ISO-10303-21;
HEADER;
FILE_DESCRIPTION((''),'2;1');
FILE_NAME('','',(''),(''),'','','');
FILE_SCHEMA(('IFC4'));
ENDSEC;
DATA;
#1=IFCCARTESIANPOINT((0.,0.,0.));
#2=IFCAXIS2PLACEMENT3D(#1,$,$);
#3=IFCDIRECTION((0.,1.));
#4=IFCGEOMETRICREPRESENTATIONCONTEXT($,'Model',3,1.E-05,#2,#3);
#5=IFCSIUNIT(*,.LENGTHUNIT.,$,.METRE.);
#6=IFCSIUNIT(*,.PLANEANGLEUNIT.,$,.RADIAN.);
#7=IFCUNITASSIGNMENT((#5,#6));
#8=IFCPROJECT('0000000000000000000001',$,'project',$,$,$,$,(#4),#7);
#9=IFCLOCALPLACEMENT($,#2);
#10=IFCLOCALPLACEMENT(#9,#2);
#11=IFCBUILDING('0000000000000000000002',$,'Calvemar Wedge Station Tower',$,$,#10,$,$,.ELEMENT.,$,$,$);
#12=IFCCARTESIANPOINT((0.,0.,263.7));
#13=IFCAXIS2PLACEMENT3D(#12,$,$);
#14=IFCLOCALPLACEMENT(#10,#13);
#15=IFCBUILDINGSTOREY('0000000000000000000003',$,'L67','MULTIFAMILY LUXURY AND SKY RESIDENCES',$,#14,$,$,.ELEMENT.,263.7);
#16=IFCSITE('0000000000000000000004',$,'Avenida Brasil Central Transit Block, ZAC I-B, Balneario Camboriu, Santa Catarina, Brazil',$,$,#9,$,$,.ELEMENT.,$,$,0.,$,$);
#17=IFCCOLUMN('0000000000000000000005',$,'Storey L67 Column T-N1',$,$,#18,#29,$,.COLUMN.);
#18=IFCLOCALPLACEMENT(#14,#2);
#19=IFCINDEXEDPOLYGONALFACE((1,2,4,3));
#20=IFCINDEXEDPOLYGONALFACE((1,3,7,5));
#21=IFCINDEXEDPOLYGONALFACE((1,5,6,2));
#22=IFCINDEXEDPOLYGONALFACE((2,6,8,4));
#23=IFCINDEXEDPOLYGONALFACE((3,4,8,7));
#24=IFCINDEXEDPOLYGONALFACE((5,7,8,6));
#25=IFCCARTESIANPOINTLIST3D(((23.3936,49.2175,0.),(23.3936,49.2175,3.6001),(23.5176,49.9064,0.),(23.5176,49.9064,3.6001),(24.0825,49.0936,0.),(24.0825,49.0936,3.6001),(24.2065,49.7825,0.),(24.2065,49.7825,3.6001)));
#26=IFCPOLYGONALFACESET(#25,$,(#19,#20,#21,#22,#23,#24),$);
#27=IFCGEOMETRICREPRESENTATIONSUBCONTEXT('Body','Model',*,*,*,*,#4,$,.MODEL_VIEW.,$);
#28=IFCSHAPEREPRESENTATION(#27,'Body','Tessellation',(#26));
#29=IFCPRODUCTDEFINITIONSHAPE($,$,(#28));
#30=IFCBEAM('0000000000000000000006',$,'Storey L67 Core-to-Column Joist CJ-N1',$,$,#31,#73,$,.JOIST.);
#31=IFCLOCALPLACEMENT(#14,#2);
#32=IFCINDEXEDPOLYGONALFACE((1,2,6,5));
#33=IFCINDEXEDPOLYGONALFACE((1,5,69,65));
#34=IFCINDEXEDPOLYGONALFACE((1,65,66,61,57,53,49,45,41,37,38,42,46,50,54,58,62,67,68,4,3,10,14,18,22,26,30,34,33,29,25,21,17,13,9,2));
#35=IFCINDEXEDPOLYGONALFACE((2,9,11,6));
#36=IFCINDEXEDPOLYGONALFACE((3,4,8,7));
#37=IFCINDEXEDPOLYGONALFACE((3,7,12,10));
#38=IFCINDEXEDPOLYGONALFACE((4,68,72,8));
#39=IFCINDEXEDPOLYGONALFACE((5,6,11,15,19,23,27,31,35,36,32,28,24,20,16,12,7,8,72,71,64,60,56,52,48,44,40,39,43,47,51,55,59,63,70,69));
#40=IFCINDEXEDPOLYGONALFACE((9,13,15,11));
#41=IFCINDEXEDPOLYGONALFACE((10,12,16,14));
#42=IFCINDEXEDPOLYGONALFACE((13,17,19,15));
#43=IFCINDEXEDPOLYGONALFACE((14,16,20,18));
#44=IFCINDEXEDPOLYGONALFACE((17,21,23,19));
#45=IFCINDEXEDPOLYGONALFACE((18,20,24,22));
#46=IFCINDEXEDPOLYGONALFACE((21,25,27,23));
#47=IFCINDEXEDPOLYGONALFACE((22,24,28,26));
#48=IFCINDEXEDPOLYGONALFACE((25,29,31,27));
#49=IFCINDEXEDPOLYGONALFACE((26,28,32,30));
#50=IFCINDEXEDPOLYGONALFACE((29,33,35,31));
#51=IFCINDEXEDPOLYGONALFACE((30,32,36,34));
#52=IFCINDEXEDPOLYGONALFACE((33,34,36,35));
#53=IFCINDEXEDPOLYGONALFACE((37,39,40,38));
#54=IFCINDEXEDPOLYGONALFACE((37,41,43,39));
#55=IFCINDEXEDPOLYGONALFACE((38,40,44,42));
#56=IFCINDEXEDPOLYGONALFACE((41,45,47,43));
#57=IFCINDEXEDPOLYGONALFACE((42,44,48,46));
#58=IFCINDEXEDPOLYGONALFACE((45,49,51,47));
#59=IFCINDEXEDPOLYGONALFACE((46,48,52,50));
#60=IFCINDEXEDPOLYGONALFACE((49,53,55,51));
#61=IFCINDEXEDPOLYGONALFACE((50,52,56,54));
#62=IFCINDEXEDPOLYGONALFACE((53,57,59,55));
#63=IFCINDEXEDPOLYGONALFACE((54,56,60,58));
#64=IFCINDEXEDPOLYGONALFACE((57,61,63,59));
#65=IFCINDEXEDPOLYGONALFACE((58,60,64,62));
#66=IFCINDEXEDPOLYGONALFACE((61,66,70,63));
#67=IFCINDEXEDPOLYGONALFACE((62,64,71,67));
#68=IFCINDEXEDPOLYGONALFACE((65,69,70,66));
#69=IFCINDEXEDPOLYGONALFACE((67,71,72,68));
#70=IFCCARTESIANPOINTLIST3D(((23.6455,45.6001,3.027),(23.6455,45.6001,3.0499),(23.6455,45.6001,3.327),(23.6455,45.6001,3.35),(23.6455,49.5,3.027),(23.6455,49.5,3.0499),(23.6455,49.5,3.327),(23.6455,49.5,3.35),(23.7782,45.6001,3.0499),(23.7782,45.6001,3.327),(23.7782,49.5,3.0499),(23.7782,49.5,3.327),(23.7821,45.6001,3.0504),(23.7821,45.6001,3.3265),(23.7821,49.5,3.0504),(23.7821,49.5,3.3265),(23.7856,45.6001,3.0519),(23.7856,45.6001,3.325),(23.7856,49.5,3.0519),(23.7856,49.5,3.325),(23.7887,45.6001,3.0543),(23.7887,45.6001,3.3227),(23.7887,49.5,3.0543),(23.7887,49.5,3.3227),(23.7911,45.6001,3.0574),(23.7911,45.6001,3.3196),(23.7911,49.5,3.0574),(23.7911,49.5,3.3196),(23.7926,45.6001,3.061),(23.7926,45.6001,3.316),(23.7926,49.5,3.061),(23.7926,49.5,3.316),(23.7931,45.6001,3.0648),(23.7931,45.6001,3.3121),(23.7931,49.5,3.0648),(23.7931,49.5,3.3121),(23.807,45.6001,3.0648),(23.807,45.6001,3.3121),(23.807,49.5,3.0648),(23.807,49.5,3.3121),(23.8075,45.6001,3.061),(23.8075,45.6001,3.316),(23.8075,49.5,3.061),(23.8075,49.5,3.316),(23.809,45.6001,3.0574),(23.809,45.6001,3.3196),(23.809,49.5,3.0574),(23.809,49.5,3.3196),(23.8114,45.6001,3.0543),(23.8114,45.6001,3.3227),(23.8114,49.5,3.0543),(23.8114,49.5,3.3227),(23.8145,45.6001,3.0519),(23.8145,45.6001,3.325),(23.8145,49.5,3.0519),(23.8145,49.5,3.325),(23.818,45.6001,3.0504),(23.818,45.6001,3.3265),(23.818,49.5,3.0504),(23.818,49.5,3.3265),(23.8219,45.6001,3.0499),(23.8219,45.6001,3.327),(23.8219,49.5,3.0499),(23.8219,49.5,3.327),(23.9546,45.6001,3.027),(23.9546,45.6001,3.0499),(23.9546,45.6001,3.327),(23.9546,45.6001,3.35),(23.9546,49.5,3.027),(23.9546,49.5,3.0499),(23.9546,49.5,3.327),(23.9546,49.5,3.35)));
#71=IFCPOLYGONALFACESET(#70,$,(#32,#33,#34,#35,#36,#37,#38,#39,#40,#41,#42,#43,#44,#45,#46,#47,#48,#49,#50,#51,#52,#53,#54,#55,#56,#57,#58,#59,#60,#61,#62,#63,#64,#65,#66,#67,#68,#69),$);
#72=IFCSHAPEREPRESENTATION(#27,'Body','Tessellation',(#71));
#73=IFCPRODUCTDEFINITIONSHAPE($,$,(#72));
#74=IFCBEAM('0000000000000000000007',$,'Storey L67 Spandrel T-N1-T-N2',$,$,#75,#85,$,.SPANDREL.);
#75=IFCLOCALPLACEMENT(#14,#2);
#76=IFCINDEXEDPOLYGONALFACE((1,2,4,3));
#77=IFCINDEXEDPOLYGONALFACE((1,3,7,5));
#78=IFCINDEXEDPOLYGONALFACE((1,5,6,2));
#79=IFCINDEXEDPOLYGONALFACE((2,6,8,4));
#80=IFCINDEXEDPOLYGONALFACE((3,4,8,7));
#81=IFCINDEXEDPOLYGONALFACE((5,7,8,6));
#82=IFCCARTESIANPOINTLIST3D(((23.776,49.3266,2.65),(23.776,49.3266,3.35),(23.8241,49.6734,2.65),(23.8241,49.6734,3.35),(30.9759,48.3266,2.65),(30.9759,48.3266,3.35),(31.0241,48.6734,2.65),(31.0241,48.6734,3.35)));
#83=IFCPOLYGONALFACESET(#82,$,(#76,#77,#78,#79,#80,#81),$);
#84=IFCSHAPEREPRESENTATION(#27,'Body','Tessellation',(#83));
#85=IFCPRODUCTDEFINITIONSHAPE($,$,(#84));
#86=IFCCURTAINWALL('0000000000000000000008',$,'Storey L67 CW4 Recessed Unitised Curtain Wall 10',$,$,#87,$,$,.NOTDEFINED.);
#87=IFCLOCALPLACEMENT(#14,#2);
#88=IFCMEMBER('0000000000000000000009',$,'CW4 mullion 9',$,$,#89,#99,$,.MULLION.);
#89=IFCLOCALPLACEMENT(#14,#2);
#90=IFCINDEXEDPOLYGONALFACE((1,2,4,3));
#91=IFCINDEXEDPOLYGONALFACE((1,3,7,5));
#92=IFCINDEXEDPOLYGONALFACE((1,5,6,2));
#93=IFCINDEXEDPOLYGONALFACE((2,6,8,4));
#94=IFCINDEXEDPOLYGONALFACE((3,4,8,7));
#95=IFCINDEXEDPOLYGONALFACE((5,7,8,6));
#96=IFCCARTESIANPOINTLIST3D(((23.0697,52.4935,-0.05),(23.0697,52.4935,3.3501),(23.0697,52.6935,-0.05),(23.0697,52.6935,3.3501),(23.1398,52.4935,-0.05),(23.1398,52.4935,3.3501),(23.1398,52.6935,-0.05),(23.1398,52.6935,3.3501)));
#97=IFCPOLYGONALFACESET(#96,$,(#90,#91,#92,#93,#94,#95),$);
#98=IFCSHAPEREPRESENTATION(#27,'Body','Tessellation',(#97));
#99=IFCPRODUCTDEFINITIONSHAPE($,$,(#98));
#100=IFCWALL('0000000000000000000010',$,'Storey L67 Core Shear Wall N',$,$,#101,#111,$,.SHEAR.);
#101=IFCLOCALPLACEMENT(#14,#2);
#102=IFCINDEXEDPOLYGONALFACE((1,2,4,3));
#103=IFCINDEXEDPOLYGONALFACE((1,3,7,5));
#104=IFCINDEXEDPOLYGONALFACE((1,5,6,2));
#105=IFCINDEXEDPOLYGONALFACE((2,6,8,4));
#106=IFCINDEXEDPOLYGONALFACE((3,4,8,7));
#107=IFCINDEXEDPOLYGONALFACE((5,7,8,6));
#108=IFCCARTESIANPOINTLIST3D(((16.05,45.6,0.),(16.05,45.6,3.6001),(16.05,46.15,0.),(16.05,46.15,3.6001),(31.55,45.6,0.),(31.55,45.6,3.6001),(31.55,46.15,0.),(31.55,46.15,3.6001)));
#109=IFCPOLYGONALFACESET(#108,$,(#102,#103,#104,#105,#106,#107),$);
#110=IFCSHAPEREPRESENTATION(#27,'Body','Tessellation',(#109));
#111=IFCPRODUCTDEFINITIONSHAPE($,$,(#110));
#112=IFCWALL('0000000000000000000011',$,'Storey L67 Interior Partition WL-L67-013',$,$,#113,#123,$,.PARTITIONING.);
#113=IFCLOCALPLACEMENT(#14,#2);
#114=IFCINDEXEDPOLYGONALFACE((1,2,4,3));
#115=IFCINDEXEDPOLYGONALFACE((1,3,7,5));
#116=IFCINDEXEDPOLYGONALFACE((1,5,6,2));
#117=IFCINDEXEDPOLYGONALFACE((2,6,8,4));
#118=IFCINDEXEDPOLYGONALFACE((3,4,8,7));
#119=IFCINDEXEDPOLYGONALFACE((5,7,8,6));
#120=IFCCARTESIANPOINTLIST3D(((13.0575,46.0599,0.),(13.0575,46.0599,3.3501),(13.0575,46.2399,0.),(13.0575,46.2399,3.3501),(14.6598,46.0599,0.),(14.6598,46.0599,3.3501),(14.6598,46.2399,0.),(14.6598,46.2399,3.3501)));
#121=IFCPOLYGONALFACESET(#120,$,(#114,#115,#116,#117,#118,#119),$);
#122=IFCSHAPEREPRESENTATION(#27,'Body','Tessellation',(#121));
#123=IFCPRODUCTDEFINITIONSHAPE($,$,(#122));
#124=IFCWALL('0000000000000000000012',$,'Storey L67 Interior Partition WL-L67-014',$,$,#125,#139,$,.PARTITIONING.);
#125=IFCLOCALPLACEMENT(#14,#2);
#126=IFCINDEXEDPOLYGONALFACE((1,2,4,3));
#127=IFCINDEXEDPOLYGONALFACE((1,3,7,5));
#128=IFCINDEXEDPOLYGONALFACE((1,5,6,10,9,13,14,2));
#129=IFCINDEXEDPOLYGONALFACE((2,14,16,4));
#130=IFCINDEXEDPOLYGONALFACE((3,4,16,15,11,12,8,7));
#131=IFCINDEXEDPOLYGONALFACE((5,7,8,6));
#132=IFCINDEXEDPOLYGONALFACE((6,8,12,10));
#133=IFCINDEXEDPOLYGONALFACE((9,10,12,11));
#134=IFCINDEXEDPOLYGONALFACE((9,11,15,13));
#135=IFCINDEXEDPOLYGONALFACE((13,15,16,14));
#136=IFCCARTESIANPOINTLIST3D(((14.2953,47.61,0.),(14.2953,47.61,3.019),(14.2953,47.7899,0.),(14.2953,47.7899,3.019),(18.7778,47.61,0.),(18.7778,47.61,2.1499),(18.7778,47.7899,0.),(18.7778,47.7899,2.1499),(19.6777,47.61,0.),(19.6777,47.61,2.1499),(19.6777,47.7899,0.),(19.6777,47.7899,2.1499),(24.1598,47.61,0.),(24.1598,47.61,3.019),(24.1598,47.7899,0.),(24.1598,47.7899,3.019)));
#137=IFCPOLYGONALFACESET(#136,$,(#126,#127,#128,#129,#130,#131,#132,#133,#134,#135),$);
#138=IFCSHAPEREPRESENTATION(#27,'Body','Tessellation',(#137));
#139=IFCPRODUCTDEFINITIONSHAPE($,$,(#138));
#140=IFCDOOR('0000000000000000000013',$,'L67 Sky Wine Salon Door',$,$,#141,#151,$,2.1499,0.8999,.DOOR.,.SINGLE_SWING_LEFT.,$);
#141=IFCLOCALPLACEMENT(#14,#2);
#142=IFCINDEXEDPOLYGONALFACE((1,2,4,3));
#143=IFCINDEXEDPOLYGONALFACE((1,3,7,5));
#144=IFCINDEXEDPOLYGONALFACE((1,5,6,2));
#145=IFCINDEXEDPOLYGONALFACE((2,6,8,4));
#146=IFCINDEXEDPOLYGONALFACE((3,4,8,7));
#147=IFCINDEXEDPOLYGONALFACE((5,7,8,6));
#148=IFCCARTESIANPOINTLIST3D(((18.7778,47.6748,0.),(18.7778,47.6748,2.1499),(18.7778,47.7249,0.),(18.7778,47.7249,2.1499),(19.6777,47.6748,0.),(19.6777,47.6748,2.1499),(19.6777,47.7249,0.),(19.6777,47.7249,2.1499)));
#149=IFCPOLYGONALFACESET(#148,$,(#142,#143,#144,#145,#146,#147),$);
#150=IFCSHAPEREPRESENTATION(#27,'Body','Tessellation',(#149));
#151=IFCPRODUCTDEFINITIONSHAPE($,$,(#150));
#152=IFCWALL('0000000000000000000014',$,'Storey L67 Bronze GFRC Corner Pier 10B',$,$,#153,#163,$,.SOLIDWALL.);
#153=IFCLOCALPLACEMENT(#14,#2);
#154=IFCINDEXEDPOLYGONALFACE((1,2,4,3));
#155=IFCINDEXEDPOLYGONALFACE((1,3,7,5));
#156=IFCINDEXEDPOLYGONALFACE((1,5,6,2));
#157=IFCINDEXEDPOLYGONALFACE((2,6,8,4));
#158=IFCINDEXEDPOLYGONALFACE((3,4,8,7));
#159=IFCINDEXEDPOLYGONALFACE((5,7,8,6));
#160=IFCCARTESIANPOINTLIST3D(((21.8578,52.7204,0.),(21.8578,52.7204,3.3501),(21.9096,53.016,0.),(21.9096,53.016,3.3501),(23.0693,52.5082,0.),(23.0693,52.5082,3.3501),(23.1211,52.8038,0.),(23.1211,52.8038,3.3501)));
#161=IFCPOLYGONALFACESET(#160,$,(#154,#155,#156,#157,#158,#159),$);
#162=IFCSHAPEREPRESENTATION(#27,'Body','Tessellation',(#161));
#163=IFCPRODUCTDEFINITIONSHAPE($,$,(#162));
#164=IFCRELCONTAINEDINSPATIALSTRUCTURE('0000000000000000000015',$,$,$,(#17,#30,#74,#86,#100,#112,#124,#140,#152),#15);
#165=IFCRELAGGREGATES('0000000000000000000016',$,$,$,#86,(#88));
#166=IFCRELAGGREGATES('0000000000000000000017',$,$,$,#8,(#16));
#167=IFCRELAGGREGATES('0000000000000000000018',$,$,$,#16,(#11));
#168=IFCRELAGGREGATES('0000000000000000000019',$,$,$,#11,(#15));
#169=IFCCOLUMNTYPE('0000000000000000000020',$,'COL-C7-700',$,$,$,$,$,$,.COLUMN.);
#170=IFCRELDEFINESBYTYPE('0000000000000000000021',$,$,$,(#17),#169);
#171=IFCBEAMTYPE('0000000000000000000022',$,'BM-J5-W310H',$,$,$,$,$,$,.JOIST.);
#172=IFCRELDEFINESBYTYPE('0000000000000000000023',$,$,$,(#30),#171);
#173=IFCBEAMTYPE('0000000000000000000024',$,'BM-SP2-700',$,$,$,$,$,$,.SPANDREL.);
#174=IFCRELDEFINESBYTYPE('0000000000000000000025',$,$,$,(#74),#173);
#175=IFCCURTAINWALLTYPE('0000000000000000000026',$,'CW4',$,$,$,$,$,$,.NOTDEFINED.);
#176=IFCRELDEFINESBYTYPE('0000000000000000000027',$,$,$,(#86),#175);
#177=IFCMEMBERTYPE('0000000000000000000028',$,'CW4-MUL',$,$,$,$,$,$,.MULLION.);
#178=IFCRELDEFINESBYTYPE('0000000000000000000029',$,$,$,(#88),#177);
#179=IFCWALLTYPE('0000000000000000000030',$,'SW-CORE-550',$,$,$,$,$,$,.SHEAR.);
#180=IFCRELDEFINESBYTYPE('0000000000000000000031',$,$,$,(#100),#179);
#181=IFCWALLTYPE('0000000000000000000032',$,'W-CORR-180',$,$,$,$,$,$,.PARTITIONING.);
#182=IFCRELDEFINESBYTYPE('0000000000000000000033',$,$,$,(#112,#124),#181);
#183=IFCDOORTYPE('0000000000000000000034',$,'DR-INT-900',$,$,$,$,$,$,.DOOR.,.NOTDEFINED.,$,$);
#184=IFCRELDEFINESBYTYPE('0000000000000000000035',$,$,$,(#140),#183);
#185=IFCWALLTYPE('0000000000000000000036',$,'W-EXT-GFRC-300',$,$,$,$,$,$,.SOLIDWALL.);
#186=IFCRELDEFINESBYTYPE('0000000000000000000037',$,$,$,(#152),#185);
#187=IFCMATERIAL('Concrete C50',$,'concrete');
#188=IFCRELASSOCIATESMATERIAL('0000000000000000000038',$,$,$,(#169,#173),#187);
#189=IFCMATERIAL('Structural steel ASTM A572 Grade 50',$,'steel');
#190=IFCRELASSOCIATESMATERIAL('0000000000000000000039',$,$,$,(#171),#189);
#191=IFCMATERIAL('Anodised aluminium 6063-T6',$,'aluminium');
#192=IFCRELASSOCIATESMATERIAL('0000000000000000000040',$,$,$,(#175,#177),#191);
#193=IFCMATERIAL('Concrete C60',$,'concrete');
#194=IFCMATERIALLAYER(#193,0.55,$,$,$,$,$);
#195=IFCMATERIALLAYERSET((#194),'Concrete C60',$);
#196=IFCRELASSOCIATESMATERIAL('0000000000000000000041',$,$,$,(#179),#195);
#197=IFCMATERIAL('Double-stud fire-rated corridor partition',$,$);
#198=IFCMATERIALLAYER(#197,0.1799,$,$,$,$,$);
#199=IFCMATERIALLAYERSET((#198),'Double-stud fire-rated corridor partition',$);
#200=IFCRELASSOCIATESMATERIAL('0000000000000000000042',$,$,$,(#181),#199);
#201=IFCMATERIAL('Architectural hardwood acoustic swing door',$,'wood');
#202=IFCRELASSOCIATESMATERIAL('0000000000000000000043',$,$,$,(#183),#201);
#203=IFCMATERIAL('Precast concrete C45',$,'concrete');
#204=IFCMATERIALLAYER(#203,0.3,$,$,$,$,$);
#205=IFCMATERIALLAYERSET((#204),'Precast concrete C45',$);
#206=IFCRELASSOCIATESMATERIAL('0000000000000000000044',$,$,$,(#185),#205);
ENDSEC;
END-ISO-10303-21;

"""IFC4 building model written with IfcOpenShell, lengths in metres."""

from ifc_helpers import new_model, si_unit, direction, frame, frame_2d, origin, origin_2d, place, context, subcontext, project, spatial, rectangle, i_section, extrude, source, transform, mapped, material, layer, layer_set, material_profile, profile_set, type_object, element, fill, aggregate, save


model = new_model("IFC4")

# Units and contexts
model_context = context("Model", 3, precision=1e-05, world=origin(), true_north=direction((0.0, 1.0)))
body_context = subcontext(model_context, "Body", "Model", "MODEL_VIEW")
ifc_project = project(units=[si_unit("LENGTHUNIT", "METRE"), si_unit("PLANEANGLEUNIT", "RADIAN")], contexts=[model_context])

# Site, building, storey
site_placement = place(None, origin())
site = spatial("IfcSite", under=ifc_project, at=site_placement, Name="Avenida Brasil Central Transit Block, ZAC I-B, Balneario Camboriu, Santa Catarina, Brazil", CompositionType="ELEMENT", RefElevation=0.0)
building_placement = place(site_placement, origin())
building = spatial("IfcBuilding", under=site, at=building_placement, Name="Calvemar Wedge Station Tower", CompositionType="ELEMENT")
storey_placement = place(building_placement, frame((0.0, 0.0, 263.7)))
storey = spatial("IfcBuildingStorey", under=building, at=storey_placement, Name="L67", Description="MULTIFAMILY LUXURY AND SKY RESIDENCES", CompositionType="ELEMENT", Elevation=263.7)

# Column
ifc_material_1 = material(Name="Concrete C50", Category="concrete")
ifc_material_profile_1 = material_profile(ifc_material_1, rectangle(XDim=0.7, YDim=0.7, at=origin_2d()), Name="RC700x700")
ifc_profile_set_1 = profile_set([ifc_material_profile_1], Name="Concrete C50")
column_type = type_object("IfcColumnType", Name="COL-C7-700", PredefinedType="COLUMN", material=ifc_profile_set_1)
shared_shape_1 = source(origin(), body_context, "Body", "SweptSolid", [
    extrude(rectangle(XDim=0.7, YDim=0.7, at=origin_2d()), origin(), (0.0, 0.0, 1.0), 3.6001),
])
column_placement = place(storey_placement, frame((23.8, 49.5, 0.0), z_axis=(0.0, 0.0, 1.0), x_axis=(0.984196, -0.177085, 0.0)))
element("IfcColumn", 1, at=column_placement, inside=storey, type_object=column_type, Name="Storey L67 Column T-N1", PredefinedType="COLUMN", context=body_context, shape_type="MappedRepresentation", body=[
    mapped(shared_shape_1, transform((0.0, 0.0, 0.0), scale=1.0)),
])

# Beams
ifc_material_2 = material(Name="Structural steel ASTM A572 Grade 50", Category="steel")
ifc_material_profile_2 = material_profile(ifc_material_2, i_section(OverallWidth=0.3091, OverallDepth=0.323, WebThickness=0.0139, FlangeThickness=0.0229, FilletRadius=0.0149, at=origin_2d()), Name="W310x143")
ifc_profile_set_2 = profile_set([ifc_material_profile_2], Name="Structural steel ASTM A572 Grade 50")
beam_type_1 = type_object("IfcBeamType", Name="BM-J5-W310H", PredefinedType="JOIST", material=ifc_profile_set_2)
shared_shape_2 = source(origin(), body_context, "Body", "SweptSolid", [
    extrude(i_section(OverallWidth=0.3091, OverallDepth=0.323, WebThickness=0.0139, FlangeThickness=0.0229, FilletRadius=0.0149, at=origin_2d()), origin(), (0.0, 0.0, 1.0), 3.8999),
])
beam_1_placement = place(storey_placement, frame((23.8, 45.6001, 3.1885), z_axis=(0.0, 1.0, 0.0), x_axis=(-1.0, 0.0, 0.0)))
element("IfcBeam", 2, at=beam_1_placement, inside=storey, type_object=beam_type_1, Name="Storey L67 Core-to-Column Joist CJ-N1", PredefinedType="JOIST", context=body_context, shape_type="MappedRepresentation", body=[
    mapped(shared_shape_2, transform((0.0, 0.0, 0.0), scale=1.0)),
])
ifc_material_profile_3 = material_profile(ifc_material_1, rectangle(XDim=0.3501, YDim=0.7, at=origin_2d()), Name="RC350x700")
ifc_profile_set_3 = profile_set([ifc_material_profile_3], Name="Concrete C50")
beam_type_2 = type_object("IfcBeamType", Name="BM-SP2-700", PredefinedType="SPANDREL", material=ifc_profile_set_3)
shared_shape_3 = source(origin(), body_context, "Body", "SweptSolid", [
    extrude(rectangle(XDim=0.3501, YDim=0.7, at=origin_2d()), origin(), (0.0, 0.0, 1.0), 7.269),
])
beam_2_placement = place(storey_placement, frame((23.8, 49.5, 3.0), z_axis=(0.990492, -0.137569, 0.0), x_axis=(0.137569, 0.990492, 0.0)))
element("IfcBeam", 3, at=beam_2_placement, inside=storey, type_object=beam_type_2, Name="Storey L67 Spandrel T-N1-T-N2", PredefinedType="SPANDREL", context=body_context, shape_type="MappedRepresentation", body=[
    mapped(shared_shape_3, transform((0.0, 0.0, 0.0), scale=1.0)),
])

# Curtain wall, member
ifc_material_3 = material(Name="Anodised aluminium 6063-T6", Category="aluminium")
curtain_wall_type = type_object("IfcCurtainWallType", Name="CW4", PredefinedType="NOTDEFINED", material=ifc_material_3)
curtain_wall_placement = place(storey_placement, origin())
curtain_wall = element("IfcCurtainWall", 4, at=curtain_wall_placement, inside=storey, type_object=curtain_wall_type, Name="Storey L67 CW4 Recessed Unitised Curtain Wall 10", PredefinedType="NOTDEFINED")
ifc_material_profile_4 = material_profile(ifc_material_3, rectangle(XDim=0.0701, YDim=0.2, at=origin_2d()), Name="AL-MUL-70x200")
ifc_profile_set_4 = profile_set([ifc_material_profile_4], Name="Anodised aluminium 6063-T6")
member_type = type_object("IfcMemberType", Name="CW4-MUL", PredefinedType="MULLION", material=ifc_profile_set_4)
shared_shape_4 = source(origin(), body_context, "Body", "SweptSolid", [
    extrude(rectangle(XDim=0.0701, YDim=0.2, at=origin_2d()), origin(), (0.0, 0.0, 1.0), 3.4001),
])
member_placement = place(storey_placement, frame((23.1047, 52.5935, -0.05), z_axis=(0.0, 0.0, 1.0), x_axis=(1.0, 0.0, 0.0)))
member = element("IfcMember", 5, at=member_placement, type_object=member_type, Name="CW4 mullion 9", PredefinedType="MULLION", context=body_context, shape_type="MappedRepresentation", body=[
    mapped(shared_shape_4, transform((0.0, 0.0, 0.0), scale=1.0)),
])
aggregate(curtain_wall, [member])

# Walls
ifc_material_4 = material(Name="Concrete C60", Category="concrete")
ifc_layer_1 = layer(ifc_material_4, 0.55)
ifc_layer_set_1 = layer_set([ifc_layer_1], Name="Concrete C60")
wall_type_1 = type_object("IfcWallType", Name="SW-CORE-550", PredefinedType="SHEAR", material=ifc_layer_set_1)
wall_1_placement = place(storey_placement, frame((16.05, 45.875, 0.0), z_axis=(0.0, 0.0, 1.0), x_axis=(1.0, 0.0, 0.0)))
element("IfcWall", 6, at=wall_1_placement, inside=storey, type_object=wall_type_1, Name="Storey L67 Core Shear Wall N", PredefinedType="SHEAR", context=body_context, shape_type="SweptSolid", body=[
    extrude(rectangle(XDim=15.5, YDim=0.55, at=frame_2d((7.75, 0.0))), origin(), (0.0, 0.0, 1.0), 3.6001),
])
ifc_material_5 = material(Name="Double-stud fire-rated corridor partition")
ifc_layer_2 = layer(ifc_material_5, 0.1799)
ifc_layer_set_2 = layer_set([ifc_layer_2], Name="Double-stud fire-rated corridor partition")
wall_type_2 = type_object("IfcWallType", Name="W-CORR-180", PredefinedType="PARTITIONING", material=ifc_layer_set_2)
wall_2_placement = place(storey_placement, frame((14.6599, 46.1499, 0.0), z_axis=(0.0, 0.0, 1.0), x_axis=(-1.0, 0.0, 0.0)))
element("IfcWall", 7, at=wall_2_placement, inside=storey, type_object=wall_type_2, Name="Storey L67 Interior Partition WL-L67-013", PredefinedType="PARTITIONING", context=body_context, shape_type="SweptSolid", body=[
    extrude(rectangle(XDim=1.6023, YDim=0.1799, at=frame_2d((0.8013, 0.0))), origin(), (0.0, 0.0, 1.0), 3.3501),
])

# Wall, opening, door
wall_3_placement = place(storey_placement, frame((14.2954, 47.7, 0.0), z_axis=(0.0, 0.0, 1.0), x_axis=(1.0, 0.0, 0.0)))
wall_3 = element("IfcWall", 8, at=wall_3_placement, inside=storey, type_object=wall_type_2, Name="Storey L67 Interior Partition WL-L67-014", PredefinedType="PARTITIONING", context=body_context, shape_type="SweptSolid", body=[
    extrude(rectangle(XDim=9.8645, YDim=0.1799, at=frame_2d((4.9321, 0.0))), origin(), (0.0, 0.0, 1.0), 3.019),
])
shared_shape_5 = source(origin(), body_context, "Body", "SweptSolid", [
    extrude(rectangle(XDim=0.8999, YDim=2.1499, at=frame_2d((0.45, 1.075))), frame((0.0, 0.1001, 0.0), z_axis=(0.0, -1.0, 0.0), x_axis=(1.0, 0.0, 0.0)), (0.0, 0.0, 1.0), 0.2),
])
opening_1_placement = place(wall_3_placement, frame((4.4824, 0.0, 0.0)))
opening_1 = element("IfcOpeningElement", 9, at=opening_1_placement, cuts=wall_3, PredefinedType="OPENING", context=body_context, shape_type="MappedRepresentation", body=[
    mapped(shared_shape_5, transform((0.0, 0.0, 0.0), scale=1.0)),
])
ifc_material_6 = material(Name="Architectural hardwood acoustic swing door", Category="wood")
door_type = type_object("IfcDoorType", Name="DR-INT-900", OperationType="NOTDEFINED", PredefinedType="DOOR", material=ifc_material_6)
shared_shape_6 = source(origin(), body_context, "Body", "SweptSolid", [
    extrude(rectangle(XDim=0.8999, YDim=2.1499, at=frame_2d((0.45, 1.075))), frame((0.0, 0.0249, 0.0), z_axis=(0.0, -1.0, 0.0), x_axis=(1.0, 0.0, 0.0)), (0.0, 0.0, 1.0), 0.05),
])
door_placement = place(opening_1_placement, origin())
door = element("IfcDoor", 10, at=door_placement, inside=storey, type_object=door_type, Name="L67 Sky Wine Salon Door", OperationType="SINGLE_SWING_LEFT", OverallHeight=2.1499, OverallWidth=0.8999, PredefinedType="DOOR", context=body_context, shape_type="MappedRepresentation", body=[
    mapped(shared_shape_6, transform((0.0, 0.0, 0.0), scale=1.0)),
])
fill(opening_1, door)

# Wall
ifc_material_7 = material(Name="Precast concrete C45", Category="concrete")
ifc_layer_3 = layer(ifc_material_7, 0.3)
ifc_layer_set_3 = layer_set([ifc_layer_3], Name="Precast concrete C45")
wall_type_3 = type_object("IfcWallType", Name="W-EXT-GFRC-300", PredefinedType="SOLIDWALL", material=ifc_layer_set_3)
wall_4_placement = place(storey_placement, frame((23.0952, 52.656, 0.0), z_axis=(0.0, 0.0, 1.0), x_axis=(-0.985009, 0.172506, 0.0)))
element("IfcWall", 11, at=wall_4_placement, inside=storey, type_object=wall_type_3, Name="Storey L67 Bronze GFRC Corner Pier 10B", PredefinedType="SOLIDWALL", context=body_context, shape_type="SweptSolid", body=[
    extrude(rectangle(XDim=1.23, YDim=0.3, at=frame_2d((0.615, 0.0))), origin(), (0.0, 0.0, 1.0), 3.3501),
])

save(model, "model.ifc")
